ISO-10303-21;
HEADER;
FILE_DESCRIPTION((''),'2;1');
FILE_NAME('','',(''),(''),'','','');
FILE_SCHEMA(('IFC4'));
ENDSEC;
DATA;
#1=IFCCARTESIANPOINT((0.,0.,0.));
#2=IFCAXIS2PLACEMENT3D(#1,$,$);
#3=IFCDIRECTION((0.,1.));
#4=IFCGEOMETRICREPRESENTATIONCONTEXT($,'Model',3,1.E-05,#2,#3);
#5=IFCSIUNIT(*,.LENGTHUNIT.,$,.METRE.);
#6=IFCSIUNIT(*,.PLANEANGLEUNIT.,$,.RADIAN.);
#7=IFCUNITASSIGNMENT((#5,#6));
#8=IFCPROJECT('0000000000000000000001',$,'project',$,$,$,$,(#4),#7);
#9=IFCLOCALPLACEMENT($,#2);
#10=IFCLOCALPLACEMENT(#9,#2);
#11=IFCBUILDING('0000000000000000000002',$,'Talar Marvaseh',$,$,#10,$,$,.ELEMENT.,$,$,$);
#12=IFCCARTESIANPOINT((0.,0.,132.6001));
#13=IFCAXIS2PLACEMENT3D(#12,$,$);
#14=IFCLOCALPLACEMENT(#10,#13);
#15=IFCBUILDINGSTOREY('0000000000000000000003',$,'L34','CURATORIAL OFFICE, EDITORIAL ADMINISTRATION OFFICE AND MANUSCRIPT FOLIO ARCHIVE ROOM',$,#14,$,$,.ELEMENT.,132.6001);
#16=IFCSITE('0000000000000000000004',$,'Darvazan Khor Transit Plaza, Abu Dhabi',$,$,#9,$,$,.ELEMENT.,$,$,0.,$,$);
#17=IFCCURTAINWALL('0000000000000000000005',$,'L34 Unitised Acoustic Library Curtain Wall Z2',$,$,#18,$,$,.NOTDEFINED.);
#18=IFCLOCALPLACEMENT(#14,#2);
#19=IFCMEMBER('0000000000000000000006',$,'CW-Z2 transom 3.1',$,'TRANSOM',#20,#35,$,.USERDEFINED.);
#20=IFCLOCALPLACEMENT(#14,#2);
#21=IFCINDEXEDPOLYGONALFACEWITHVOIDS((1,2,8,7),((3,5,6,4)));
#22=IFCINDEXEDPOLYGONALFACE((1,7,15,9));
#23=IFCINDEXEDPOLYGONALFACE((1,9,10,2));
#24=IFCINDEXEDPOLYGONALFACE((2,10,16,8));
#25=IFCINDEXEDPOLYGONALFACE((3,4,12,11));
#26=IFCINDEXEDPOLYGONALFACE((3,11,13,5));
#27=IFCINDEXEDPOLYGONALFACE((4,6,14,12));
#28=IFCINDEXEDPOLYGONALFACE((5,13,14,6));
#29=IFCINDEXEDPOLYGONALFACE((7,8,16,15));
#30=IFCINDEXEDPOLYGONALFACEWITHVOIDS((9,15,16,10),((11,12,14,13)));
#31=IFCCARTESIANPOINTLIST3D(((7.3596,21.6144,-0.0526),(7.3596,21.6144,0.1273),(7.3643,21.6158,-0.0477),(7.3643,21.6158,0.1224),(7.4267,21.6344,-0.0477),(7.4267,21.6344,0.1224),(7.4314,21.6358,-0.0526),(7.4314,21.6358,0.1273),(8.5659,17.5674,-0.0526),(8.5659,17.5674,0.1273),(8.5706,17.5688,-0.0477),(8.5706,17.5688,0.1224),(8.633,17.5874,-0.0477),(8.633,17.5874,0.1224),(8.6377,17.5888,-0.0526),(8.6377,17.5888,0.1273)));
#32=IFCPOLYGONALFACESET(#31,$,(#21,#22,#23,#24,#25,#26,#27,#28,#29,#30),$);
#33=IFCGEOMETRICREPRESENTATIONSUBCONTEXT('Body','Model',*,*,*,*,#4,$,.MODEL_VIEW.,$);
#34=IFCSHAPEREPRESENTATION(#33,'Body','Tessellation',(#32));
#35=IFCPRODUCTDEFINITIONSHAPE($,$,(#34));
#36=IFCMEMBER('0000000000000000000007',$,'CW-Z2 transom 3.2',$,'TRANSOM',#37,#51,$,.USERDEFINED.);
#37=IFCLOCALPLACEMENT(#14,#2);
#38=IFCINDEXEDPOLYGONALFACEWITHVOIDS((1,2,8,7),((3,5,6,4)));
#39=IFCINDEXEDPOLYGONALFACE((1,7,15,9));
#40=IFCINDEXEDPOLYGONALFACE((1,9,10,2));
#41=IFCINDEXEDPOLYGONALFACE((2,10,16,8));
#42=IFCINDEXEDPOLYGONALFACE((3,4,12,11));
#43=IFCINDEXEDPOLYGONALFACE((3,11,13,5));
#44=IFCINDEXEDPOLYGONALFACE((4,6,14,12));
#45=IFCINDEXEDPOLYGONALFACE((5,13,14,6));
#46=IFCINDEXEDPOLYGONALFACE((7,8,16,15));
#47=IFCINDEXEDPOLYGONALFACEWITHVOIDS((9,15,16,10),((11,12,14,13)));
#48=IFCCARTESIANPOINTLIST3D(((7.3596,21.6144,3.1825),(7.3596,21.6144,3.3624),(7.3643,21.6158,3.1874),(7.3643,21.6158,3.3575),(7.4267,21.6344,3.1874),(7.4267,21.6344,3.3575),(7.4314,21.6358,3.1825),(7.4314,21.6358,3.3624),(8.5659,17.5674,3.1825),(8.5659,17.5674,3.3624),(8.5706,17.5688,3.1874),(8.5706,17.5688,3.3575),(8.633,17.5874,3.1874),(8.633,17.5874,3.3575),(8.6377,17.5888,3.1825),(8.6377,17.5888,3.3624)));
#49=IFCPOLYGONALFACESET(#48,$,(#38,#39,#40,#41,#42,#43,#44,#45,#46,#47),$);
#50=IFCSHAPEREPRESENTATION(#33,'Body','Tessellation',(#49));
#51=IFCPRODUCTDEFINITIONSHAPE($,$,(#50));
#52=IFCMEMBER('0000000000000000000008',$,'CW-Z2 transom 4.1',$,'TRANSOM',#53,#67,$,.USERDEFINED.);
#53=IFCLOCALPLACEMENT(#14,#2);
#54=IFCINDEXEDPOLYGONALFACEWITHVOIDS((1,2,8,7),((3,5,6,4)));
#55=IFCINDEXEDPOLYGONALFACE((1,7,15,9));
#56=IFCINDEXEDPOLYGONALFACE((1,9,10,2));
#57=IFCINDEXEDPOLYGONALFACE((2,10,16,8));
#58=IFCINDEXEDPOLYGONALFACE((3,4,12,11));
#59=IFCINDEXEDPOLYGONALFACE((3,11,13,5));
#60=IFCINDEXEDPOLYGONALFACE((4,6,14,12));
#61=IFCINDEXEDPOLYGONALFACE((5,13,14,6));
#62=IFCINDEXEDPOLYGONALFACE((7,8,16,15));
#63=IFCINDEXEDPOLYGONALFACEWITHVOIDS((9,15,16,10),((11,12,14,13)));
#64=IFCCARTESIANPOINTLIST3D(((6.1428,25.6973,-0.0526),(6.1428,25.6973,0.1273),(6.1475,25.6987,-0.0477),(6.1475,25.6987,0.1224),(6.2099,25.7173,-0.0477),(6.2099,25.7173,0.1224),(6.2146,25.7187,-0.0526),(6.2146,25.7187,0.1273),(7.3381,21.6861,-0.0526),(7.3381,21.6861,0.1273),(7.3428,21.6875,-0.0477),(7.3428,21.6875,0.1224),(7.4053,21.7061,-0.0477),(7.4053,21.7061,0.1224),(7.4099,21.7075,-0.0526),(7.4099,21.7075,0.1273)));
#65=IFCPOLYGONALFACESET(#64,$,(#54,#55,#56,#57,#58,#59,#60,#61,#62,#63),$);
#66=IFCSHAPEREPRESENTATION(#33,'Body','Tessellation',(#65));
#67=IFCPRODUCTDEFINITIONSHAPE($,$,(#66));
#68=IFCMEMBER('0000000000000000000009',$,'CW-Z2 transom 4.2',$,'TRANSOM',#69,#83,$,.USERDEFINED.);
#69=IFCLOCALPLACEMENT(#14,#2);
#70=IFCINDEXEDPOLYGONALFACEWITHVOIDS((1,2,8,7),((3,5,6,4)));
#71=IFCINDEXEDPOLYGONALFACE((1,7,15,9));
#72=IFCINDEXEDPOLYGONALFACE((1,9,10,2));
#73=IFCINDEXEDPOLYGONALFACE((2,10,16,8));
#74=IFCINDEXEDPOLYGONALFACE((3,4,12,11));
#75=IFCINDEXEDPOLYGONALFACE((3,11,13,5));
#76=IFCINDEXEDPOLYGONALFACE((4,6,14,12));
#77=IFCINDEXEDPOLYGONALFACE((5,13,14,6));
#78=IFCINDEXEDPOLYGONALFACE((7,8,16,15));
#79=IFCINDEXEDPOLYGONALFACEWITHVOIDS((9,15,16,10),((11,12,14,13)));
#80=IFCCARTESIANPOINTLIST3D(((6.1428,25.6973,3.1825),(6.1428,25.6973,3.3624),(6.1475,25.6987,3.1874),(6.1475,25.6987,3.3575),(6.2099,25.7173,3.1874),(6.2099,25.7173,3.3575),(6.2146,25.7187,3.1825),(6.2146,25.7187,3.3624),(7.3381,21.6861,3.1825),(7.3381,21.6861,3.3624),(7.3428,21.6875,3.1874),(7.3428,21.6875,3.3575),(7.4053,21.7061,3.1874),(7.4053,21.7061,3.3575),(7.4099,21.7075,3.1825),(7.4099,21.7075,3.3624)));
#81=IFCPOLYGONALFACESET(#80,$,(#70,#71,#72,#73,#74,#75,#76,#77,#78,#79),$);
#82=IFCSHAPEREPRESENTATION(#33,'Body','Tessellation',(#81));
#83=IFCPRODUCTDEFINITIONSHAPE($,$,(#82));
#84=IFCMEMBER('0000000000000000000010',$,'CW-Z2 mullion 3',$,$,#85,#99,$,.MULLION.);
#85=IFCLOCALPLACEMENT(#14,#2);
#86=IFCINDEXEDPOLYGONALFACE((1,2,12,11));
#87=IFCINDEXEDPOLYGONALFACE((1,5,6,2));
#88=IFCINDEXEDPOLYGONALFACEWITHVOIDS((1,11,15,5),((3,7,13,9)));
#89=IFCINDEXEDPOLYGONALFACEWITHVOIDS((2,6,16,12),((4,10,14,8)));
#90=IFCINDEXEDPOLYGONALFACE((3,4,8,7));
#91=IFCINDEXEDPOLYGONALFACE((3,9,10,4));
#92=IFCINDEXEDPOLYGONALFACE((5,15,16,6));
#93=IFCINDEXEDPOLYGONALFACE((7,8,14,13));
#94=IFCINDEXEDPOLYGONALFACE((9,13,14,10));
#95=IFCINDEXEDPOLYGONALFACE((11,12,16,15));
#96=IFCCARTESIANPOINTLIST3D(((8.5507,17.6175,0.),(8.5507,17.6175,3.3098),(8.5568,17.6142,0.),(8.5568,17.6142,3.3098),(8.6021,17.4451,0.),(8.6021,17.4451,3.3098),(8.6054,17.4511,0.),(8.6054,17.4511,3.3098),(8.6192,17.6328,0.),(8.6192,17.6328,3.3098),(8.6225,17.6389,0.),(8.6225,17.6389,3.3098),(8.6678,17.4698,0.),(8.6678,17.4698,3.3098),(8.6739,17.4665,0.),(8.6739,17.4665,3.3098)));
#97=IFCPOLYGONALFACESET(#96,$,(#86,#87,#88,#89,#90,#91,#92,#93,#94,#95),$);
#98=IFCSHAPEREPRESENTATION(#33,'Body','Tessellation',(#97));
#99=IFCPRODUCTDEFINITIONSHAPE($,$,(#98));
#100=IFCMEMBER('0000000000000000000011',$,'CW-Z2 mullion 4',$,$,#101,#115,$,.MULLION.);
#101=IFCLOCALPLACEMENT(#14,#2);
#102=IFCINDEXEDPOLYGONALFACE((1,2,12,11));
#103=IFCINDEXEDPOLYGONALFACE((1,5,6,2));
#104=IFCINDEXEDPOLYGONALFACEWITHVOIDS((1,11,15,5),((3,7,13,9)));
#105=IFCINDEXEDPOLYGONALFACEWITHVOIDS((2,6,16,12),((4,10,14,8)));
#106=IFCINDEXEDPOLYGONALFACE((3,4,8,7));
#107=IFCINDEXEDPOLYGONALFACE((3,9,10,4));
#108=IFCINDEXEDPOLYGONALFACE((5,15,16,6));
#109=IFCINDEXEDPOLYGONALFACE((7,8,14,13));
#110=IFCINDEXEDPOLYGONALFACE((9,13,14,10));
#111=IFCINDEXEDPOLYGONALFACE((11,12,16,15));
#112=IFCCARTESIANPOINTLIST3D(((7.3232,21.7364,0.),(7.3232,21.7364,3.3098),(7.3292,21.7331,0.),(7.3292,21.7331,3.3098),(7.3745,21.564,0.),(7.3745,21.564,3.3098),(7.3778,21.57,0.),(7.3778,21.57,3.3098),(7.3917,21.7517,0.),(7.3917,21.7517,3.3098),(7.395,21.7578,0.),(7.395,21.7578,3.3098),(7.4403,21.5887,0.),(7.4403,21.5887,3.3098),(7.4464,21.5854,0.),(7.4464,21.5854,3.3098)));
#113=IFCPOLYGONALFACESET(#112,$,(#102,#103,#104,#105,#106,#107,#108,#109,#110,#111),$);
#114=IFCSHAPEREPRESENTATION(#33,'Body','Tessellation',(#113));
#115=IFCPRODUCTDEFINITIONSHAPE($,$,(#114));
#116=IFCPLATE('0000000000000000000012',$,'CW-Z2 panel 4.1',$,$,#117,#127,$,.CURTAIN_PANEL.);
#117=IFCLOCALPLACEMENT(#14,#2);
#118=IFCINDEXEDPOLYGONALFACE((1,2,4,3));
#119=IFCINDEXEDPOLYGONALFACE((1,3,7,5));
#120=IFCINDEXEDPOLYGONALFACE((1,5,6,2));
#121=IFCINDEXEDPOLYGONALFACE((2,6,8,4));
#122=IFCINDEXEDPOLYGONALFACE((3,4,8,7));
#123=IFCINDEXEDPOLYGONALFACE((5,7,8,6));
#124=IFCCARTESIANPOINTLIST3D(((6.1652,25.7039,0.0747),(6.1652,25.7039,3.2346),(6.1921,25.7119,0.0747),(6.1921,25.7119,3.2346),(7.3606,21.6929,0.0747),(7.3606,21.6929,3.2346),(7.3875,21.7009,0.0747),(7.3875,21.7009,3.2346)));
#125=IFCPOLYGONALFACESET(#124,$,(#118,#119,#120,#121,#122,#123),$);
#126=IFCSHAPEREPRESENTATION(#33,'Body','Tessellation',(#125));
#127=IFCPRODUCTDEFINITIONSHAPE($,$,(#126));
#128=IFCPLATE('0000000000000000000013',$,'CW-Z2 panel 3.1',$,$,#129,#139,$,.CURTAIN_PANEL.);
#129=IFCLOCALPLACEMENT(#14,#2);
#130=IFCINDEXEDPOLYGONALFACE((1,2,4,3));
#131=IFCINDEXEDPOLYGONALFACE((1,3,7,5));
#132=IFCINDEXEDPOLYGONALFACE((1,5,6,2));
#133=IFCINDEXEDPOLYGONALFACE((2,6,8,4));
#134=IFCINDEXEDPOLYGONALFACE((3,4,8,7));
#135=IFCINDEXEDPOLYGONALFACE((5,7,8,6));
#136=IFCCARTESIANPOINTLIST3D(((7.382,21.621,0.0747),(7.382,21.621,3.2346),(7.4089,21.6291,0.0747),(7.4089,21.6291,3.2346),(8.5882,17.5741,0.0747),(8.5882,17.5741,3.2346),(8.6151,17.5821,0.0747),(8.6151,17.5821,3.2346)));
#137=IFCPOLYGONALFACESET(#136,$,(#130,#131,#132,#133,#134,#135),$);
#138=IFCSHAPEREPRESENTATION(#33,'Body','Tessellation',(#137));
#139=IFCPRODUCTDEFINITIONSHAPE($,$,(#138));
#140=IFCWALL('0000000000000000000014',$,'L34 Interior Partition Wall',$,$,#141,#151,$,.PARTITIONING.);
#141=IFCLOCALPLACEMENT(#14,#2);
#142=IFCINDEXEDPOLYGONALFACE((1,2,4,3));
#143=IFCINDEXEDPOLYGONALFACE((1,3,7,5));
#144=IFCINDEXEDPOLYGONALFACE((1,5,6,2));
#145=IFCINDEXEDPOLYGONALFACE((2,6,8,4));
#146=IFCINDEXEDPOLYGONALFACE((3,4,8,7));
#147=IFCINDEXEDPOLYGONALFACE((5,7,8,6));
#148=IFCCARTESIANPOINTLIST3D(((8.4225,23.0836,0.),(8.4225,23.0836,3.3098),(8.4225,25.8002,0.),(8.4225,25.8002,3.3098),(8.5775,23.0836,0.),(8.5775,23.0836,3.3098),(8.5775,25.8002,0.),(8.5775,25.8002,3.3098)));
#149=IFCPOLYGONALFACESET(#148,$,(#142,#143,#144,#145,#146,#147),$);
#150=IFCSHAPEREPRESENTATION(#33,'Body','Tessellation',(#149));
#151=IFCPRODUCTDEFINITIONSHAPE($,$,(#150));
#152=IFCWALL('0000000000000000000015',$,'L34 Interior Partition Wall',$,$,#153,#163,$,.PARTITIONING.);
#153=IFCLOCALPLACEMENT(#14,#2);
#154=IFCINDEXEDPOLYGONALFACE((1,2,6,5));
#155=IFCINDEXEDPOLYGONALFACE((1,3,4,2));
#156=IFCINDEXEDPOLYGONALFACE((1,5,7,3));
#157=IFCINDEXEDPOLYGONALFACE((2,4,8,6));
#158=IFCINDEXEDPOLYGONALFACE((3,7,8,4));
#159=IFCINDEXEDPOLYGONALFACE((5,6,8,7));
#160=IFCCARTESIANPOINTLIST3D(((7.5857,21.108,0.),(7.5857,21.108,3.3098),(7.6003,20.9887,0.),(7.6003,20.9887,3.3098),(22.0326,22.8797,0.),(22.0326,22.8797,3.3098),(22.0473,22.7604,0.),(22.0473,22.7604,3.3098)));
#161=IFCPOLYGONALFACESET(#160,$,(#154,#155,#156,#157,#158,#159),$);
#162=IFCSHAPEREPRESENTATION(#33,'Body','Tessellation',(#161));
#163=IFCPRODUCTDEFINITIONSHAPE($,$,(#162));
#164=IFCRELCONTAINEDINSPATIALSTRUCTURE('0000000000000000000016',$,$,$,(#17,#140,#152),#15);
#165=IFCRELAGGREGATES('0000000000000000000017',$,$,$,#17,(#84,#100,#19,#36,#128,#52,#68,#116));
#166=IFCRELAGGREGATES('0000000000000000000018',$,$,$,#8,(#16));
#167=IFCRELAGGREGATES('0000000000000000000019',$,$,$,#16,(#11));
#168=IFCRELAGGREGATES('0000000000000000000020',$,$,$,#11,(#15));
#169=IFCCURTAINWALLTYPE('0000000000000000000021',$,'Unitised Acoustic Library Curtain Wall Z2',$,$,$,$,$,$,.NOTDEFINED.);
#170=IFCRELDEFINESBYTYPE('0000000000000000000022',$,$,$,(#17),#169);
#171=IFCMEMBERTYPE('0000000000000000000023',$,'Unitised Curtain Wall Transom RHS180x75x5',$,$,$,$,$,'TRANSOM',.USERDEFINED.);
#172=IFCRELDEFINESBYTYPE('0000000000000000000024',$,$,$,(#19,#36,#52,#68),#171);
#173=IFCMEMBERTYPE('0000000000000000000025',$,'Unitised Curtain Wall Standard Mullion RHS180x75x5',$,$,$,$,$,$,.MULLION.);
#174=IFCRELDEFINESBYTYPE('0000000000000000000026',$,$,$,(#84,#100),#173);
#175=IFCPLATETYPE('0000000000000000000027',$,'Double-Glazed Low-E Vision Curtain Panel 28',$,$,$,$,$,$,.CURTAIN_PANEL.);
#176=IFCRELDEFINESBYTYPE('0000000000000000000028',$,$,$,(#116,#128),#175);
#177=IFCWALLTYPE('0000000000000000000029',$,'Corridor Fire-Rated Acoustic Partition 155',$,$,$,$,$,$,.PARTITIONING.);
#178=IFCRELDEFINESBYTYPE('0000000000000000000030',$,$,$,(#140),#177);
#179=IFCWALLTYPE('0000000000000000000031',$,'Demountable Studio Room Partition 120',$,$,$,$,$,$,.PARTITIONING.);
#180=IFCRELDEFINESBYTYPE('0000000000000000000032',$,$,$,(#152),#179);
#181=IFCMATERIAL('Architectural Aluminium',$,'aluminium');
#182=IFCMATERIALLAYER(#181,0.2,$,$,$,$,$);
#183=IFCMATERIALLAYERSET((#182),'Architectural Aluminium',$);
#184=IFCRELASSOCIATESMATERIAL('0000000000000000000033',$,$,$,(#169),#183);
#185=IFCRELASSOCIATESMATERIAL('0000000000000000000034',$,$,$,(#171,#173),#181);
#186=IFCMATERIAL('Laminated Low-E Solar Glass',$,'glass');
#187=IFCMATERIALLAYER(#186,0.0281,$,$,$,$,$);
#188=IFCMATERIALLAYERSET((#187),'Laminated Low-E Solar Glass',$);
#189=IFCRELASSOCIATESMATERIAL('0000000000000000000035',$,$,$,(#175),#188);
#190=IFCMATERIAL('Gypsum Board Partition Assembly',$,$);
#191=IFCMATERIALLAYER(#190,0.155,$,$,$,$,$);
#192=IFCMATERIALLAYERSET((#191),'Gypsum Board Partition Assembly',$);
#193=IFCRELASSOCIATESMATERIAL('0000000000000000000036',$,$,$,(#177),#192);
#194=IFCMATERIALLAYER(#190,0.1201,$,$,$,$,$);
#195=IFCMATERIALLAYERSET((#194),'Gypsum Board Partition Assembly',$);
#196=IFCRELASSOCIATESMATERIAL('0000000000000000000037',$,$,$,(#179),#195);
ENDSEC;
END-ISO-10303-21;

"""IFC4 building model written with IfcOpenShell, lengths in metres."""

from ifc_helpers import new_model, si_unit, direction, frame, frame_2d, origin, origin_2d, place, context, subcontext, project, spatial, rectangle, hollow_rectangle, extrude, source, transform, mapped, material, layer, layer_set, material_profile, profile_set, type_object, type_shapes, element, aggregate, save


model = new_model("IFC4")

# Units and contexts
model_context = context("Model", 3, precision=1e-05, world=origin(), true_north=direction((0.0, 1.0)))
body_context = subcontext(model_context, "Body", "Model", "MODEL_VIEW")
ifc_project = project(units=[si_unit("LENGTHUNIT", "METRE"), si_unit("PLANEANGLEUNIT", "RADIAN")], contexts=[model_context])

# Site, building, storey
site_placement = place(None, origin())
site = spatial("IfcSite", under=ifc_project, at=site_placement, Name="Darvazan Khor Transit Plaza, Abu Dhabi", CompositionType="ELEMENT", RefElevation=0.0)
building_placement = place(site_placement, origin())
building = spatial("IfcBuilding", under=site, at=building_placement, Name="Talar Marvaseh", CompositionType="ELEMENT")
storey_placement = place(building_placement, frame((0.0, 0.0, 132.6001)))
storey = spatial("IfcBuildingStorey", under=building, at=storey_placement, Name="L34", Description="CURATORIAL OFFICE, EDITORIAL ADMINISTRATION OFFICE AND MANUSCRIPT FOLIO ARCHIVE ROOM", CompositionType="ELEMENT", Elevation=132.6001)

# Curtain wall, members, plates
ifc_material_1 = material(Name="Architectural Aluminium", Category="aluminium")
ifc_layer_1 = layer(ifc_material_1, 0.2)
ifc_layer_set_1 = layer_set([ifc_layer_1], Name="Architectural Aluminium")
curtain_wall_type = type_object("IfcCurtainWallType", Name="Unitised Acoustic Library Curtain Wall Z2", PredefinedType="NOTDEFINED", material=ifc_layer_set_1)
curtain_wall_placement = place(storey_placement, origin())
curtain_wall = element("IfcCurtainWall", 1, at=curtain_wall_placement, inside=storey, type_object=curtain_wall_type, Name="L34 Unitised Acoustic Library Curtain Wall Z2", PredefinedType="NOTDEFINED")
ifc_material_profile_1 = material_profile(ifc_material_1, hollow_rectangle(XDim=0.075, YDim=0.1799, WallThickness=0.0049, at=origin_2d()), Name="RHS180x75x5")
ifc_profile_set_1 = profile_set([ifc_material_profile_1], Name="Architectural Aluminium")
member_type_1 = type_object("IfcMemberType", Name="Unitised Curtain Wall Transom RHS180x75x5", ElementType="TRANSOM", PredefinedType="USERDEFINED", material=ifc_profile_set_1)
shared_shape_1 = source(origin(), body_context, "Body", "SweptSolid", [
    extrude(hollow_rectangle(XDim=0.075, YDim=0.1799, WallThickness=0.0049, at=origin_2d()), origin(), (0.0, 0.0, 1.0), 4.2229),
])
member_1_placement = place(storey_placement, frame((8.6018, 17.5781, 0.0374), z_axis=(-0.285661, 0.958331, 0.0), x_axis=(-0.958331, -0.285661, 0.0)))
member_1 = element("IfcMember", 2, at=member_1_placement, type_object=member_type_1, Name="CW-Z2 transom 3.1", ObjectType="TRANSOM", PredefinedType="USERDEFINED", context=body_context, shape_type="MappedRepresentation", body=[
    mapped(shared_shape_1, transform((0.0, 0.0, 0.0), x_axis=(1.0, 0.0, 0.0), y_axis=(0.0, 1.0, 0.0), z_axis=(0.0, 0.0, 1.0), scale=1.0)),
])
member_2_placement = place(storey_placement, frame((8.6018, 17.5781, 3.2725), z_axis=(-0.285661, 0.958331, 0.0), x_axis=(-0.958331, -0.285661, 0.0)))
member_2 = element("IfcMember", 3, at=member_2_placement, type_object=member_type_1, Name="CW-Z2 transom 3.2", ObjectType="TRANSOM", PredefinedType="USERDEFINED", context=body_context, shape_type="MappedRepresentation", body=[
    mapped(shared_shape_1, transform((0.0, 0.0, 0.0), x_axis=(1.0, 0.0, 0.0), y_axis=(0.0, 1.0, 0.0), z_axis=(0.0, 0.0, 1.0), scale=1.0)),
])
shared_shape_2 = source(origin(), body_context, "Body", "SweptSolid", [
    extrude(hollow_rectangle(XDim=0.075, YDim=0.1799, WallThickness=0.0049, at=origin_2d()), origin(), (0.0, 0.0, 1.0), 4.1855),
])
type_shapes(member_type_1, [shared_shape_1, shared_shape_2])
member_3_placement = place(storey_placement, frame((7.374, 21.6968, 0.0374), z_axis=(-0.285581, 0.958354, 0.0), x_axis=(-0.958354, -0.285581, 0.0)))
member_3 = element("IfcMember", 4, at=member_3_placement, type_object=member_type_1, Name="CW-Z2 transom 4.1", ObjectType="TRANSOM", PredefinedType="USERDEFINED", context=body_context, shape_type="MappedRepresentation", body=[
    mapped(shared_shape_2, transform((0.0, 0.0, 0.0), x_axis=(1.0, 0.0, 0.0), y_axis=(0.0, 1.0, 0.0), z_axis=(0.0, 0.0, 1.0), scale=1.0)),
])
member_4_placement = place(storey_placement, frame((7.374, 21.6968, 3.2725), z_axis=(-0.285581, 0.958354, 0.0), x_axis=(-0.958354, -0.285581, 0.0)))
member_4 = element("IfcMember", 5, at=member_4_placement, type_object=member_type_1, Name="CW-Z2 transom 4.2", ObjectType="TRANSOM", PredefinedType="USERDEFINED", context=body_context, shape_type="MappedRepresentation", body=[
    mapped(shared_shape_2, transform((0.0, 0.0, 0.0), x_axis=(1.0, 0.0, 0.0), y_axis=(0.0, 1.0, 0.0), z_axis=(0.0, 0.0, 1.0), scale=1.0)),
])
ifc_material_profile_2 = material_profile(ifc_material_1, hollow_rectangle(XDim=0.075, YDim=0.1799, WallThickness=0.0049, at=origin_2d()), Name="RHS180x75x5")
ifc_profile_set_2 = profile_set([ifc_material_profile_2], Name="Architectural Aluminium")
member_type_2 = type_object("IfcMemberType", Name="Unitised Curtain Wall Standard Mullion RHS180x75x5", PredefinedType="MULLION", material=ifc_profile_set_2)
shared_shape_3 = source(origin(), body_context, "Body", "SweptSolid", [
    extrude(hollow_rectangle(XDim=0.075, YDim=0.1799, WallThickness=0.0049, at=origin_2d()), origin(), (0.0, 0.0, 1.0), 3.3098),
])
type_shapes(member_type_2, [shared_shape_3])
member_5_placement = place(storey_placement, frame((8.6123, 17.542, 0.0), z_axis=(0.0, 0.0, 1.0), x_axis=(-0.958341, -0.285628, 0.0)))
member_5 = element("IfcMember", 6, at=member_5_placement, type_object=member_type_2, Name="CW-Z2 mullion 3", PredefinedType="MULLION", context=body_context, shape_type="MappedRepresentation", body=[
    mapped(shared_shape_3, transform((0.0, 0.0, 0.0), x_axis=(1.0, 0.0, 0.0), y_axis=(0.0, 1.0, 0.0), z_axis=(0.0, 0.0, 1.0), scale=1.0)),
])
member_6_placement = place(storey_placement, frame((7.3848, 21.6609, 0.0), z_axis=(0.0, 0.0, 1.0), x_axis=(-0.958341, -0.285628, 0.0)))
member_6 = element("IfcMember", 7, at=member_6_placement, type_object=member_type_2, Name="CW-Z2 mullion 4", PredefinedType="MULLION", context=body_context, shape_type="MappedRepresentation", body=[
    mapped(shared_shape_3, transform((0.0, 0.0, 0.0), x_axis=(1.0, 0.0, 0.0), y_axis=(0.0, 1.0, 0.0), z_axis=(0.0, 0.0, 1.0), scale=1.0)),
])
ifc_material_2 = material(Name="Laminated Low-E Solar Glass", Category="glass")
ifc_layer_2 = layer(ifc_material_2, 0.0281)
ifc_layer_set_2 = layer_set([ifc_layer_2], Name="Laminated Low-E Solar Glass")
plate_type = type_object("IfcPlateType", Name="Double-Glazed Low-E Vision Curtain Panel 28", PredefinedType="CURTAIN_PANEL", material=ifc_layer_set_2)
shared_shape_4 = source(origin(), body_context, "Body", "SweptSolid", [
    extrude(rectangle(XDim=4.1853, YDim=0.0281, at=origin_2d()), origin(), (0.0, 0.0, 1.0), 3.1599),
])
plate_1_placement = place(storey_placement, frame((6.7764, 23.7024, 0.0747), z_axis=(0.0, 0.0, 1.0), x_axis=(-0.285628, 0.958341, 0.0)))
plate_1 = element("IfcPlate", 8, at=plate_1_placement, type_object=plate_type, Name="CW-Z2 panel 4.1", PredefinedType="CURTAIN_PANEL", context=body_context, shape_type="MappedRepresentation", body=[
    mapped(shared_shape_4, transform((0.0, 0.0, 0.0), x_axis=(1.0, 0.0, 0.0), y_axis=(0.0, 1.0, 0.0), z_axis=(0.0, 0.0, 1.0), scale=1.0)),
])
shared_shape_5 = source(origin(), body_context, "Body", "SweptSolid", [
    extrude(rectangle(XDim=4.2229, YDim=0.0281, at=origin_2d()), origin(), (0.0, 0.0, 1.0), 3.1599),
])
type_shapes(plate_type, [shared_shape_4, shared_shape_5])
plate_2_placement = place(storey_placement, frame((7.9985, 19.6016, 0.0747), z_axis=(0.0, 0.0, 1.0), x_axis=(-0.285628, 0.958341, 0.0)))
plate_2 = element("IfcPlate", 9, at=plate_2_placement, type_object=plate_type, Name="CW-Z2 panel 3.1", PredefinedType="CURTAIN_PANEL", context=body_context, shape_type="MappedRepresentation", body=[
    mapped(shared_shape_5, transform((0.0, 0.0, 0.0), x_axis=(1.0, 0.0, 0.0), y_axis=(0.0, 1.0, 0.0), z_axis=(0.0, 0.0, 1.0), scale=1.0)),
])
aggregate(curtain_wall, [member_5, member_6, member_1, member_2, plate_2, member_3, member_4, plate_1])

# Walls
ifc_material_3 = material(Name="Gypsum Board Partition Assembly")
ifc_layer_3 = layer(ifc_material_3, 0.155)
ifc_layer_set_3 = layer_set([ifc_layer_3], Name="Gypsum Board Partition Assembly")
wall_type_1 = type_object("IfcWallType", Name="Corridor Fire-Rated Acoustic Partition 155", PredefinedType="PARTITIONING", material=ifc_layer_set_3)
wall_1_placement = place(storey_placement, frame((8.5, 23.0835, 0.0), z_axis=(0.0, 0.0, 1.0), x_axis=(0.0, 1.0, 0.0)))
element("IfcWall", 10, at=wall_1_placement, inside=storey, type_object=wall_type_1, Name="L34 Interior Partition Wall", PredefinedType="PARTITIONING", context=body_context, shape_type="SweptSolid", body=[
    extrude(rectangle(XDim=2.7166, YDim=0.155, at=frame_2d((1.3584, 0.0))), origin(), (0.0, 0.0, 1.0), 3.3098),
])
ifc_layer_4 = layer(ifc_material_3, 0.1201)
ifc_layer_set_4 = layer_set([ifc_layer_4], Name="Gypsum Board Partition Assembly")
wall_type_2 = type_object("IfcWallType", Name="Demountable Studio Room Partition 120", PredefinedType="PARTITIONING", material=ifc_layer_set_4)
wall_2_placement = place(storey_placement, frame((7.593, 21.0483, 0.0), z_axis=(0.0, 0.0, 1.0), x_axis=(0.992564, 0.121724, 0.0)))
element("IfcWall", 11, at=wall_2_placement, inside=storey, type_object=wall_type_2, Name="L34 Interior Partition Wall", PredefinedType="PARTITIONING", context=body_context, shape_type="SweptSolid", body=[
    extrude(rectangle(XDim=14.5552, YDim=0.1201, at=frame_2d((7.2776, 0.0))), origin(), (0.0, 0.0, 1.0), 3.3098),
])

save(model, "model.ifc")
